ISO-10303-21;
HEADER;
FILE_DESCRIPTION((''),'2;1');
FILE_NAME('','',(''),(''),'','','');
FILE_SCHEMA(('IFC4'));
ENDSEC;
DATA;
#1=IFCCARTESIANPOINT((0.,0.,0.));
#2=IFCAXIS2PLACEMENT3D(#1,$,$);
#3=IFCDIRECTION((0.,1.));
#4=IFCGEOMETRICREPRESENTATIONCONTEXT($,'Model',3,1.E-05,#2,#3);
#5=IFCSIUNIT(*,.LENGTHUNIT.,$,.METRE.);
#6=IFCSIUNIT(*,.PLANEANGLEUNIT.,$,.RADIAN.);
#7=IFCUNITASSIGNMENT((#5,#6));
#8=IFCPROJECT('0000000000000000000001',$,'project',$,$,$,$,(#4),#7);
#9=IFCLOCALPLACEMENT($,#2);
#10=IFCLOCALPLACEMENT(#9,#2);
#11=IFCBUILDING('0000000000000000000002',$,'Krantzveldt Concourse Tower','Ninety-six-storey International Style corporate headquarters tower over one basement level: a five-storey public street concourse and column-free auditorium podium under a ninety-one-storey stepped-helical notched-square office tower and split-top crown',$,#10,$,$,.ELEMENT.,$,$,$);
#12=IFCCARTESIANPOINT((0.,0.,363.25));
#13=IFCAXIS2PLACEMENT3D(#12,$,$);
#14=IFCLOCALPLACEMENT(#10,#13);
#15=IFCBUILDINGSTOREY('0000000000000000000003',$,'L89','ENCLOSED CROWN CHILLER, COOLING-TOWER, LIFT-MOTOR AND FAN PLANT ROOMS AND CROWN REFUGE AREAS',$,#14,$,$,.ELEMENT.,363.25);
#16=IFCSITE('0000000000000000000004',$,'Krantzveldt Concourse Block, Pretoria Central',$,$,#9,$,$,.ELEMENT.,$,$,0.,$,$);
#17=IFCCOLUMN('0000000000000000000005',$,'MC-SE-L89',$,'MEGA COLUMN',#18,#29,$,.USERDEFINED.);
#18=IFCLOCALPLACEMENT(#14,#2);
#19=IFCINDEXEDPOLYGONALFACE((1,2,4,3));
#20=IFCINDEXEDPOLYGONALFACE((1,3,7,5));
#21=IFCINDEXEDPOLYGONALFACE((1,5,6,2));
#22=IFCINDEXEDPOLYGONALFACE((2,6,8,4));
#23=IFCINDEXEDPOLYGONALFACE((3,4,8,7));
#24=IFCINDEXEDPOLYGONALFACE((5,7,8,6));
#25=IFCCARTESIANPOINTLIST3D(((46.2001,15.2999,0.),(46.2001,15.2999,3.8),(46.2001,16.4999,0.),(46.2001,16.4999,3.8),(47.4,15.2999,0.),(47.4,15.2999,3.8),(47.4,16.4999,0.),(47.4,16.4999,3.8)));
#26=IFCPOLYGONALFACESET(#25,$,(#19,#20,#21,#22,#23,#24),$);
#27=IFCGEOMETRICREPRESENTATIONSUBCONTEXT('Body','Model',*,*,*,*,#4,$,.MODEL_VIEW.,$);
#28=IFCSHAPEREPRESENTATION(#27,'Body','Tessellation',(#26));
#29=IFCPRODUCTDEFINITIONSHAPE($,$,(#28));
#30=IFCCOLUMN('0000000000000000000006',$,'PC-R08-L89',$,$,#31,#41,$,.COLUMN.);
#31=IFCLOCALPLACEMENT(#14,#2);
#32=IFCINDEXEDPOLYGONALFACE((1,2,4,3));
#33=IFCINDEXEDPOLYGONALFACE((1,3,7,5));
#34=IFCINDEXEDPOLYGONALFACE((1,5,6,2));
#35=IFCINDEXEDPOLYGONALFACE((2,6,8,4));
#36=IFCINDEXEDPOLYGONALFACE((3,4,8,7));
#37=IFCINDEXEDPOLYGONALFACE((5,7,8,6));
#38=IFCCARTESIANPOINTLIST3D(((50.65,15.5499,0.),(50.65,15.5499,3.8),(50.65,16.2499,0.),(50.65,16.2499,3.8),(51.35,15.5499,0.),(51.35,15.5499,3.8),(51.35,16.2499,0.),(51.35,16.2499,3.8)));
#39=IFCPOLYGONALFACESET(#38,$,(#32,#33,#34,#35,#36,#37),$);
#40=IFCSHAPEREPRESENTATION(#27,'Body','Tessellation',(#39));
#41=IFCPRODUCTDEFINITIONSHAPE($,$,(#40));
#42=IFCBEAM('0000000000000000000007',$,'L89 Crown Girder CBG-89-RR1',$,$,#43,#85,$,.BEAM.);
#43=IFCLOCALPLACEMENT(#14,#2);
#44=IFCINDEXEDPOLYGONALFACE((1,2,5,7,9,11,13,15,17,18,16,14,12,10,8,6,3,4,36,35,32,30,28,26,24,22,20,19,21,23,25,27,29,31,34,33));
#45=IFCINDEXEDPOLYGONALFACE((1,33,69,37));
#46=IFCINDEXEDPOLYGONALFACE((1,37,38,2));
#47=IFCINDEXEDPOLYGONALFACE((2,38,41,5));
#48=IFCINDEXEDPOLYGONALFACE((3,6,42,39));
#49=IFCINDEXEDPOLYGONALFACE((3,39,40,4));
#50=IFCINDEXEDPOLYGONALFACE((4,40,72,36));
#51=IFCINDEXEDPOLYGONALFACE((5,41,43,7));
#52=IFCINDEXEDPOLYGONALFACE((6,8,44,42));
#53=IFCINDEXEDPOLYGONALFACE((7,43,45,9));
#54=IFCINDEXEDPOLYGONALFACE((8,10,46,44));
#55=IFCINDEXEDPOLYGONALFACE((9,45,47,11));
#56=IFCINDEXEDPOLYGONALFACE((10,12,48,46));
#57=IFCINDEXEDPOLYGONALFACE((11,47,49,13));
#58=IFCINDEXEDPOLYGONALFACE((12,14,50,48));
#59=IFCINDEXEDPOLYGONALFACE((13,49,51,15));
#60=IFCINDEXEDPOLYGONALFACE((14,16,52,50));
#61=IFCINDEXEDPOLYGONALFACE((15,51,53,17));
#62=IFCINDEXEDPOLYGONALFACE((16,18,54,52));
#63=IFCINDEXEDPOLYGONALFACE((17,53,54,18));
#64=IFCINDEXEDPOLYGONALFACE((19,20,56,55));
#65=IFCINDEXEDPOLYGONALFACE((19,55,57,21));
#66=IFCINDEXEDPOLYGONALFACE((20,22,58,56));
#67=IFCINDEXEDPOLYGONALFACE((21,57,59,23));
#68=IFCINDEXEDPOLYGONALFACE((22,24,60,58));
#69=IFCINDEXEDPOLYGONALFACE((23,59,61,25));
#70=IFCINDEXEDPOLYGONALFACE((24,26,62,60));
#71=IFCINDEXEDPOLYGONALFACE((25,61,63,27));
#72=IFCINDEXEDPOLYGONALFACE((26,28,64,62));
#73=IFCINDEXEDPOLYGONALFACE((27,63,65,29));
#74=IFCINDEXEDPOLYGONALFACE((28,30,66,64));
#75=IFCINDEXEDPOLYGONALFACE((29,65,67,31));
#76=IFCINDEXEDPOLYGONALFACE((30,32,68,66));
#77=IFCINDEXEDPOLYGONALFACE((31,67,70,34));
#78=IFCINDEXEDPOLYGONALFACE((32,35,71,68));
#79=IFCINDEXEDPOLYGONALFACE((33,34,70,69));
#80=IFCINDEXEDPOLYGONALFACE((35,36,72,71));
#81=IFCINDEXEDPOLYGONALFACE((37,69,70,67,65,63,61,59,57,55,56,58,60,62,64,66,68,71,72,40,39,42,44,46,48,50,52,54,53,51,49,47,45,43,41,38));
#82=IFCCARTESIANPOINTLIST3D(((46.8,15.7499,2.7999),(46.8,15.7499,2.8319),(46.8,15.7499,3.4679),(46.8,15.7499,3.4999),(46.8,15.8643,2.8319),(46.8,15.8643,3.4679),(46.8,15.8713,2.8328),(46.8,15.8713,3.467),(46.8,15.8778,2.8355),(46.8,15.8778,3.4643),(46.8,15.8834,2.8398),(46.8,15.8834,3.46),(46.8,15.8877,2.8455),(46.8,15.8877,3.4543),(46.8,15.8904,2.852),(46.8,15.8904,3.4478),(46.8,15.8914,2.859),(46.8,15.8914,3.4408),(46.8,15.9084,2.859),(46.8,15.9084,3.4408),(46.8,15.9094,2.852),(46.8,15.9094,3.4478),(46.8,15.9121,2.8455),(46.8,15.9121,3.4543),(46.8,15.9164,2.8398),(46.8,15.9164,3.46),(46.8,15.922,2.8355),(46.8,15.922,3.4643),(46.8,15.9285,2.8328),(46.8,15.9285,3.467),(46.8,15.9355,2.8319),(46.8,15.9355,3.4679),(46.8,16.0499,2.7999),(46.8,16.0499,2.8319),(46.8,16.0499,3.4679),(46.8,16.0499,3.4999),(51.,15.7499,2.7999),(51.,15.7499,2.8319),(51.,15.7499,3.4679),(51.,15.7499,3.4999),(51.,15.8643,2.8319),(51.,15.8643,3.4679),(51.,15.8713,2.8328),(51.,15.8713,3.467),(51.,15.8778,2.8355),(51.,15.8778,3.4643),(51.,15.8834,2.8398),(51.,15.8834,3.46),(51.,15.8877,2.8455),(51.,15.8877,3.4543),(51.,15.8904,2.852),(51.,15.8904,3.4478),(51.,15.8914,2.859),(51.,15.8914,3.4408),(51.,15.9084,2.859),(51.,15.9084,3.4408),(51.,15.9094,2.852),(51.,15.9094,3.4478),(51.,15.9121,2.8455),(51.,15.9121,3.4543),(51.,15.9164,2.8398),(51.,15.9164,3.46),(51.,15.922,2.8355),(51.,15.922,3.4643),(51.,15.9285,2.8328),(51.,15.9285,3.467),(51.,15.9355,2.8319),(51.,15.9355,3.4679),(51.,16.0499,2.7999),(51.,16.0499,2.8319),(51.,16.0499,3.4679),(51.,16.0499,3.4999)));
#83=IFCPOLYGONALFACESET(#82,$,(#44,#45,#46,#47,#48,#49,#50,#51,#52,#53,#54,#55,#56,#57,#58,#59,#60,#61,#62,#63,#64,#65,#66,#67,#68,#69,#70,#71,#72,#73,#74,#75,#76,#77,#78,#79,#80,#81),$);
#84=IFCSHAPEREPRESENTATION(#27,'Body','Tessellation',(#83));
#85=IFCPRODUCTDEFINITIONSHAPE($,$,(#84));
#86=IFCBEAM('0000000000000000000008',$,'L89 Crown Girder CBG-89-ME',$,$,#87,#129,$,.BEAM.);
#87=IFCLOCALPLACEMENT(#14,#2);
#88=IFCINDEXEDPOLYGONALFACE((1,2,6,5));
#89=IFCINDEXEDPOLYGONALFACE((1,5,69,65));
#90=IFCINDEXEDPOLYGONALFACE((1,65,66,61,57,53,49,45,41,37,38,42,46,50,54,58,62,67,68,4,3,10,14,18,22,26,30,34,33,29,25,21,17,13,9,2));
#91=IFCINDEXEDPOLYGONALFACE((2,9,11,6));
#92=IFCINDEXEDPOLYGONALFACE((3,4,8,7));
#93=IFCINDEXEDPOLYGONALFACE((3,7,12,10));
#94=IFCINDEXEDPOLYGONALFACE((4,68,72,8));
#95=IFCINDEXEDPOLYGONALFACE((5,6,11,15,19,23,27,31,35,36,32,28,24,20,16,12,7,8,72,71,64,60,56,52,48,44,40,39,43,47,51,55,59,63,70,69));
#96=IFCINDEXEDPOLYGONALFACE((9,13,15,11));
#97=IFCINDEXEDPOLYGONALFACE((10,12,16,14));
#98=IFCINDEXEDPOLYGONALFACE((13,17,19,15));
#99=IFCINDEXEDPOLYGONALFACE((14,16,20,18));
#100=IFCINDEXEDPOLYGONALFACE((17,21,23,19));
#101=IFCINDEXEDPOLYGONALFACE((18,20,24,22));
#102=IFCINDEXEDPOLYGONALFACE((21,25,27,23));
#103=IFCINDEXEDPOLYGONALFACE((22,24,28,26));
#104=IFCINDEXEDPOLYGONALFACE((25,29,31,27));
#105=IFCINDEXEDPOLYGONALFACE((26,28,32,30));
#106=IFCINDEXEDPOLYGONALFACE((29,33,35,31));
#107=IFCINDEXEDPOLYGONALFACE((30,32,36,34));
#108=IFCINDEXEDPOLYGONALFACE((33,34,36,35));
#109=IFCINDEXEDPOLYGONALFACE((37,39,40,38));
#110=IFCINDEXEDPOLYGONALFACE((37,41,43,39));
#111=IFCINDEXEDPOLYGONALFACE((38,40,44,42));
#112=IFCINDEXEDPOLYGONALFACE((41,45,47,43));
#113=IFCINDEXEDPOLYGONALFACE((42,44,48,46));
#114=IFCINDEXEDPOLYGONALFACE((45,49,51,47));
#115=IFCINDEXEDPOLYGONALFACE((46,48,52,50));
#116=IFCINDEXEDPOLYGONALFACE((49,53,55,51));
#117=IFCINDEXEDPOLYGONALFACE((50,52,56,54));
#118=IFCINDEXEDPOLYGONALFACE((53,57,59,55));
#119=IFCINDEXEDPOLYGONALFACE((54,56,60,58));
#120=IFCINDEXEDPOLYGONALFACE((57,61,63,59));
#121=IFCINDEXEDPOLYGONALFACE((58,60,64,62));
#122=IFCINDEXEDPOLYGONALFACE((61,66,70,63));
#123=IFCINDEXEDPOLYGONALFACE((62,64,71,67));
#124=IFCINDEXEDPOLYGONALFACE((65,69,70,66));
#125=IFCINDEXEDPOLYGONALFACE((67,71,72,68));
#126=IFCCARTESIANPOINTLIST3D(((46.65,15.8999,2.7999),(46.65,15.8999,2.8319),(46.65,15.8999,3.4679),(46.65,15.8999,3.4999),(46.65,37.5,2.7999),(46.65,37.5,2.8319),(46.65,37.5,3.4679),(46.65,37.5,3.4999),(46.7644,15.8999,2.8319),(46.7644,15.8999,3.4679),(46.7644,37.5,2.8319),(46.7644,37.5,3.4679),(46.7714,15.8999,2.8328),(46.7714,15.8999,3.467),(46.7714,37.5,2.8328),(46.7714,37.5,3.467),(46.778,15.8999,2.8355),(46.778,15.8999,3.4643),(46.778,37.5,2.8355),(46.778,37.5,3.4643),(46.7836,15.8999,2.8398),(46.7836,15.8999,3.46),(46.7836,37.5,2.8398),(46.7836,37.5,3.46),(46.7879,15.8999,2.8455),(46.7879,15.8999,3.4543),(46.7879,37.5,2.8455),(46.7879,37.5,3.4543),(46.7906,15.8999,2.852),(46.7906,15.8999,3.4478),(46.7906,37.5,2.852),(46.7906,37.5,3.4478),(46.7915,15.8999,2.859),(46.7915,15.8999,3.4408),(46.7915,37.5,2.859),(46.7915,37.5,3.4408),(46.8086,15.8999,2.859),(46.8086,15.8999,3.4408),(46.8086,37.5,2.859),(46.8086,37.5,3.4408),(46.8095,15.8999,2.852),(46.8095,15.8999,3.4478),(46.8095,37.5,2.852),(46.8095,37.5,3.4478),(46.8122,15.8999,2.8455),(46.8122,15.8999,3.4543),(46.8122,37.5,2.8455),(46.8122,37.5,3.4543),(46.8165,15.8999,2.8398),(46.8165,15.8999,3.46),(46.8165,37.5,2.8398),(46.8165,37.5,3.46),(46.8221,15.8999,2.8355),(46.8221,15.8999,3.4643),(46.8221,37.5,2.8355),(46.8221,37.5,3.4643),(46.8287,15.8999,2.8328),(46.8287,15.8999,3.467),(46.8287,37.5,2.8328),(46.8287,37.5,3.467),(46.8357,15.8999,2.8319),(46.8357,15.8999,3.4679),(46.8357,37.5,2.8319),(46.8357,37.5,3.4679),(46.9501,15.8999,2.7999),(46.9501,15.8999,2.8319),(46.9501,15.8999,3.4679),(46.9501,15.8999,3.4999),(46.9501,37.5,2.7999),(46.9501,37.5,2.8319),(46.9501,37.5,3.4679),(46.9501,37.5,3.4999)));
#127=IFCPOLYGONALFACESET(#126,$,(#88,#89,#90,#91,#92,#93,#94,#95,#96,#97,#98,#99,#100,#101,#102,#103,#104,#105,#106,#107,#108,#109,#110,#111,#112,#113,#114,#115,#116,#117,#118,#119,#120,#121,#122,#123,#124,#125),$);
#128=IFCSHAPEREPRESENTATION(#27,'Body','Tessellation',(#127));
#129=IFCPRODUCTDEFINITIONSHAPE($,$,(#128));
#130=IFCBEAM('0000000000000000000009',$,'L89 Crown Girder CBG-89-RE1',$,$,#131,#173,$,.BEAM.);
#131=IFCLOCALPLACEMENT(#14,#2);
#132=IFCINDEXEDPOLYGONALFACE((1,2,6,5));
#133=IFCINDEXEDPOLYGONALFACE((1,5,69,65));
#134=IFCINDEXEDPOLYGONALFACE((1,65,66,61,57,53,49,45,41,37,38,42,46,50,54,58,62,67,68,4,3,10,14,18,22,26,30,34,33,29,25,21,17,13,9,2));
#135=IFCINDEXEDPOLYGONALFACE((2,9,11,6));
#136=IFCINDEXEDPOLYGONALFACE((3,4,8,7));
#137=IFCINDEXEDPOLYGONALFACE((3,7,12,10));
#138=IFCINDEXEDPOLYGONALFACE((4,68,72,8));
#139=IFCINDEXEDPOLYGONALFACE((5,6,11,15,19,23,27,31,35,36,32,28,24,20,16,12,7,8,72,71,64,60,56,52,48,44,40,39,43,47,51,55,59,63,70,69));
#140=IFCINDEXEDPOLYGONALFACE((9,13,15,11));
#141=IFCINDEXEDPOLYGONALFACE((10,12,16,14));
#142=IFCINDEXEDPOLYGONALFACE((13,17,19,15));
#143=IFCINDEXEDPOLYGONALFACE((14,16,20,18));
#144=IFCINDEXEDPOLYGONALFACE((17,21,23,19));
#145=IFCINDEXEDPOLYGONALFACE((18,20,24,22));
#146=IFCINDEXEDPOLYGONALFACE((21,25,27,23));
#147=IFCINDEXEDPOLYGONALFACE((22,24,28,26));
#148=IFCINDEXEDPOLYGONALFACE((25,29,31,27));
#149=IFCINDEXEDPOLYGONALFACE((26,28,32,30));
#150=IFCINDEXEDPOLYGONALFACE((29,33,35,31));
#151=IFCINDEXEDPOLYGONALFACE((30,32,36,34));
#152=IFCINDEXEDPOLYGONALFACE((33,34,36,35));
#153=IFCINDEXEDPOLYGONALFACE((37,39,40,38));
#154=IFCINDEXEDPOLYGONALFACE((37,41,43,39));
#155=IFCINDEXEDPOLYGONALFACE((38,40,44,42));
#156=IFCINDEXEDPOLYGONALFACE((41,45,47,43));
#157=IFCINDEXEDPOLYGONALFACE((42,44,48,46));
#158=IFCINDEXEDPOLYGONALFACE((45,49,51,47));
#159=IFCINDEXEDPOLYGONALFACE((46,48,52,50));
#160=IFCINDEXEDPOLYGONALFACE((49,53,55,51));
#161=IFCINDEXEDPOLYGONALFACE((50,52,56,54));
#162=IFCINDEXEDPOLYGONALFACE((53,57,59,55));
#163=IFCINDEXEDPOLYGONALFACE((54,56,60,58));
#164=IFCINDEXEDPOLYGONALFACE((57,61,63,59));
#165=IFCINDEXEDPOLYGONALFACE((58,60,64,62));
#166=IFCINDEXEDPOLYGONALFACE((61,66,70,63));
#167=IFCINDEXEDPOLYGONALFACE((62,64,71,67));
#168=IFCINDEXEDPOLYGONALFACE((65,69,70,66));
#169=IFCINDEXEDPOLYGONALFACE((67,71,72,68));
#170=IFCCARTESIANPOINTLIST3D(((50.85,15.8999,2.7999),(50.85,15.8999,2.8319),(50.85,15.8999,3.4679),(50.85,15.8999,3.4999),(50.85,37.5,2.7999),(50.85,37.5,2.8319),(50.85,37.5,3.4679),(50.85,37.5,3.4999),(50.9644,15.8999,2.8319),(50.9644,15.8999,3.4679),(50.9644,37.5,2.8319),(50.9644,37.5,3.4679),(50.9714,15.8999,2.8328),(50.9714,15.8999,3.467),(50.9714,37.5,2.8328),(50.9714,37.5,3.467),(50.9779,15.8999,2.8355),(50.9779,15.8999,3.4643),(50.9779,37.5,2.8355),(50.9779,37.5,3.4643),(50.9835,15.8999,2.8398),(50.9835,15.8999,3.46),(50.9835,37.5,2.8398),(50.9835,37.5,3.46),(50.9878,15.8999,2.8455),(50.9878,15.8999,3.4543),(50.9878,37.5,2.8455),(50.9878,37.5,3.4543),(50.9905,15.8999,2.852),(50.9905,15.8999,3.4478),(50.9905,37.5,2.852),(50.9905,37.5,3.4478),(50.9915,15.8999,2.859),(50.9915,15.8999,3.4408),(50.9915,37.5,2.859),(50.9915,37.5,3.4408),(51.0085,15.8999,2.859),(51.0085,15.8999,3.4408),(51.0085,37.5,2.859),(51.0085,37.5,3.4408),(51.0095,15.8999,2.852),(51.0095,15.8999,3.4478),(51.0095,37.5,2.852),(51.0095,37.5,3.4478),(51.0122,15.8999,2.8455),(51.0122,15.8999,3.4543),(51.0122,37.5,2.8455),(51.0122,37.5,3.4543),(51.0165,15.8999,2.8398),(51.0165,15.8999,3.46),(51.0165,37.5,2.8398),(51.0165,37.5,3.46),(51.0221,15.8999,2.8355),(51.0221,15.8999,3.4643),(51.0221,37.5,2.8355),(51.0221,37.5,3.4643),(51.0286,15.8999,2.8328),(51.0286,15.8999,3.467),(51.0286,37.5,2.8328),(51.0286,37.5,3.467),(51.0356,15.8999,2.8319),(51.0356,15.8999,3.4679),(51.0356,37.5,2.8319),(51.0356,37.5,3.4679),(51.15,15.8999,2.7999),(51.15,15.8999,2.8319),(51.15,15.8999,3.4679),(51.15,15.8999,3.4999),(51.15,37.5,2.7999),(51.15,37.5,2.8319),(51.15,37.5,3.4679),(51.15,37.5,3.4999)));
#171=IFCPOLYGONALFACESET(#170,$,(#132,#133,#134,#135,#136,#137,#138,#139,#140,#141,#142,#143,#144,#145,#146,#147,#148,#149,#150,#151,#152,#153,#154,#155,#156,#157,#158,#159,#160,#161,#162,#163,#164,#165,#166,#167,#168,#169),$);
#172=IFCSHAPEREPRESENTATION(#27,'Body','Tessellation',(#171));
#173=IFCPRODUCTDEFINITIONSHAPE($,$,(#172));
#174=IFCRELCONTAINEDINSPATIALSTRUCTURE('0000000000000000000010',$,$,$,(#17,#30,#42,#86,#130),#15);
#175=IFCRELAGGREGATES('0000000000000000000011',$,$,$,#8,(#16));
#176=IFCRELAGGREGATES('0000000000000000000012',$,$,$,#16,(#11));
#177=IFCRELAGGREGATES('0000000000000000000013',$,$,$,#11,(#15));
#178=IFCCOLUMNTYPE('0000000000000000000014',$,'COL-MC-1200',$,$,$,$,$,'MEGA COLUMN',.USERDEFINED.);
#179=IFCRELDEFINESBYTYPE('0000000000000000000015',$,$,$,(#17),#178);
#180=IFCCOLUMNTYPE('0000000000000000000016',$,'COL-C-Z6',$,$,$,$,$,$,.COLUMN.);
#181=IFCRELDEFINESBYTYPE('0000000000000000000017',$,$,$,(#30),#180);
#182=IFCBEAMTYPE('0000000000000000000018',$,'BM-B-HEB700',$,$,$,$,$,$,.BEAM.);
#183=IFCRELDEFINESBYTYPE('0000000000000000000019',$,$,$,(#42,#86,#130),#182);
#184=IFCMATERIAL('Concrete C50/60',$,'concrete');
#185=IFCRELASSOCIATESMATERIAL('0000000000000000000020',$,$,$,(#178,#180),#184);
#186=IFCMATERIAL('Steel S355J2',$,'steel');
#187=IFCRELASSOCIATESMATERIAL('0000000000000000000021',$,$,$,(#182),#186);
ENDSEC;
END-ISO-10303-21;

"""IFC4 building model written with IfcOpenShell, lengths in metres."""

from ifc_helpers import new_model, si_unit, direction, frame, origin, origin_2d, place, context, subcontext, project, spatial, rectangle, i_section, extrude, source, transform, mapped, material, material_profile, profile_set, type_object, type_shapes, element, save


model = new_model("IFC4")

# Units and contexts
model_context = context("Model", 3, precision=1e-05, world=origin(), true_north=direction((0.0, 1.0)))
body_context = subcontext(model_context, "Body", "Model", "MODEL_VIEW")
ifc_project = project(units=[si_unit("LENGTHUNIT", "METRE"), si_unit("PLANEANGLEUNIT", "RADIAN")], contexts=[model_context])

# Site, building, storey
site_placement = place(None, origin())
site = spatial("IfcSite", under=ifc_project, at=site_placement, Name="Krantzveldt Concourse Block, Pretoria Central", CompositionType="ELEMENT", RefElevation=0.0)
building_placement = place(site_placement, origin())
building = spatial("IfcBuilding", under=site, at=building_placement, Name="Krantzveldt Concourse Tower", Description="Ninety-six-storey International Style corporate headquarters tower over one basement level: a five-storey public street concourse and column-free auditorium podium under a ninety-one-storey stepped-helical notched-square office tower and split-top crown", CompositionType="ELEMENT")
storey_placement = place(building_placement, frame((0.0, 0.0, 363.25)))
storey = spatial("IfcBuildingStorey", under=building, at=storey_placement, Name="L89", Description="ENCLOSED CROWN CHILLER, COOLING-TOWER, LIFT-MOTOR AND FAN PLANT ROOMS AND CROWN REFUGE AREAS", CompositionType="ELEMENT", Elevation=363.25)

# Columns
ifc_material_1 = material(Name="Concrete C50/60", Category="concrete")
ifc_material_profile_1 = material_profile(ifc_material_1, rectangle(XDim=1.2, YDim=1.2, at=origin_2d()), Name="Concrete C50/60", Category="concrete")
ifc_profile_set_1 = profile_set([ifc_material_profile_1], Name="Concrete C50/60 - RC 1200x1200")
column_type_1 = type_object("IfcColumnType", Name="COL-MC-1200", ElementType="MEGA COLUMN", PredefinedType="USERDEFINED", material=ifc_profile_set_1)
shared_shape_1 = source(origin(), body_context, "Body", "SweptSolid", [
    extrude(rectangle(XDim=1.2, YDim=1.2, at=origin_2d()), origin(), (0.0, 0.0, 1.0), 3.8),
])
type_shapes(column_type_1, [shared_shape_1])
column_1_placement = place(storey_placement, frame((46.8, 15.8999, 0.0), z_axis=(0.0, 0.0, 1.0), x_axis=(1.0, 0.0, 0.0)))
element("IfcColumn", 1, at=column_1_placement, inside=storey, type_object=column_type_1, Name="MC-SE-L89", ObjectType="MEGA COLUMN", PredefinedType="USERDEFINED", context=body_context, shape_type="MappedRepresentation", body=[
    mapped(shared_shape_1, transform((0.0, 0.0, 0.0), x_axis=(1.0, 0.0, 0.0), y_axis=(0.0, 1.0, 0.0), z_axis=(0.0, 0.0, 1.0), scale=1.0)),
])
ifc_material_profile_2 = material_profile(ifc_material_1, rectangle(XDim=0.7, YDim=0.7, at=origin_2d()), Name="Concrete C50/60", Category="concrete")
ifc_profile_set_2 = profile_set([ifc_material_profile_2], Name="Concrete C50/60 - RC 700x700")
column_type_2 = type_object("IfcColumnType", Name="COL-C-Z6", PredefinedType="COLUMN", material=ifc_profile_set_2)
shared_shape_2 = source(origin(), body_context, "Body", "SweptSolid", [
    extrude(rectangle(XDim=0.7, YDim=0.7, at=origin_2d()), origin(), (0.0, 0.0, 1.0), 3.8),
])
type_shapes(column_type_2, [shared_shape_2])
column_2_placement = place(storey_placement, frame((51.0, 15.8999, 0.0), z_axis=(0.0, 0.0, 1.0), x_axis=(1.0, 0.0, 0.0)))
element("IfcColumn", 2, at=column_2_placement, inside=storey, type_object=column_type_2, Name="PC-R08-L89", PredefinedType="COLUMN", context=body_context, shape_type="MappedRepresentation", body=[
    mapped(shared_shape_2, transform((0.0, 0.0, 0.0), x_axis=(1.0, 0.0, 0.0), y_axis=(0.0, 1.0, 0.0), z_axis=(0.0, 0.0, 1.0), scale=1.0)),
])

# Beams
ifc_material_2 = material(Name="Steel S355J2", Category="steel")
ifc_material_profile_3 = material_profile(ifc_material_2, i_section(OverallWidth=0.3, OverallDepth=0.7, WebThickness=0.0171, FlangeThickness=0.032, FilletRadius=0.0271, at=origin_2d()), Name="Steel S355J2", Category="steel")
ifc_profile_set_3 = profile_set([ifc_material_profile_3], Name="Steel S355J2 - HEB 700")
beam_type = type_object("IfcBeamType", Name="BM-B-HEB700", PredefinedType="BEAM", material=ifc_profile_set_3)
shared_shape_3 = source(origin(), body_context, "Body", "SweptSolid", [
    extrude(i_section(OverallWidth=0.3, OverallDepth=0.7, WebThickness=0.0171, FlangeThickness=0.032, FilletRadius=0.0271, at=origin_2d()), origin(), (0.0, 0.0, 1.0), 4.2),
])
beam_placement = place(storey_placement, frame((46.8, 15.8999, 3.1499), z_axis=(1.0, 0.0, 0.0), x_axis=(0.0, 1.0, 0.0)))
element("IfcBeam", 3, at=beam_placement, inside=storey, type_object=beam_type, Name="L89 Crown Girder CBG-89-RR1", PredefinedType="BEAM", context=body_context, shape_type="MappedRepresentation", body=[
    mapped(shared_shape_3, transform((0.0, 0.0, 0.0), x_axis=(1.0, 0.0, 0.0), y_axis=(0.0, 1.0, 0.0), z_axis=(0.0, 0.0, 1.0), scale=1.0)),
])
shared_shape_4 = source(origin(), body_context, "Body", "SweptSolid", [
    extrude(i_section(OverallWidth=0.3, OverallDepth=0.7, WebThickness=0.0171, FlangeThickness=0.032, FilletRadius=0.0271, at=origin_2d()), origin(), (0.0, 0.0, 1.0), 21.6001),
])
type_shapes(beam_type, [shared_shape_3, shared_shape_4])
for number, where, z_axis, x_axis, name in (
    (4, (46.8, 15.8999, 3.1499), (0.0, 1.0, 0.0), (-1.0, 0.0, 0.0), "L89 Crown Girder CBG-89-ME"),
    (5, (51.0, 15.8999, 3.1499), (0.0, 1.0, 0.0), (-1.0, 0.0, 0.0), "L89 Crown Girder CBG-89-RE1"),
):
    element("IfcBeam", number, at=place(storey_placement, frame(where, z_axis=z_axis, x_axis=x_axis)), inside=storey, type_object=beam_type, Name=name, PredefinedType="BEAM", context=body_context, shape_type="MappedRepresentation", body=[
        mapped(shared_shape_4, transform((0.0, 0.0, 0.0), x_axis=(1.0, 0.0, 0.0), y_axis=(0.0, 1.0, 0.0), z_axis=(0.0, 0.0, 1.0), scale=1.0)),
    ])

save(model, "model.ifc")
